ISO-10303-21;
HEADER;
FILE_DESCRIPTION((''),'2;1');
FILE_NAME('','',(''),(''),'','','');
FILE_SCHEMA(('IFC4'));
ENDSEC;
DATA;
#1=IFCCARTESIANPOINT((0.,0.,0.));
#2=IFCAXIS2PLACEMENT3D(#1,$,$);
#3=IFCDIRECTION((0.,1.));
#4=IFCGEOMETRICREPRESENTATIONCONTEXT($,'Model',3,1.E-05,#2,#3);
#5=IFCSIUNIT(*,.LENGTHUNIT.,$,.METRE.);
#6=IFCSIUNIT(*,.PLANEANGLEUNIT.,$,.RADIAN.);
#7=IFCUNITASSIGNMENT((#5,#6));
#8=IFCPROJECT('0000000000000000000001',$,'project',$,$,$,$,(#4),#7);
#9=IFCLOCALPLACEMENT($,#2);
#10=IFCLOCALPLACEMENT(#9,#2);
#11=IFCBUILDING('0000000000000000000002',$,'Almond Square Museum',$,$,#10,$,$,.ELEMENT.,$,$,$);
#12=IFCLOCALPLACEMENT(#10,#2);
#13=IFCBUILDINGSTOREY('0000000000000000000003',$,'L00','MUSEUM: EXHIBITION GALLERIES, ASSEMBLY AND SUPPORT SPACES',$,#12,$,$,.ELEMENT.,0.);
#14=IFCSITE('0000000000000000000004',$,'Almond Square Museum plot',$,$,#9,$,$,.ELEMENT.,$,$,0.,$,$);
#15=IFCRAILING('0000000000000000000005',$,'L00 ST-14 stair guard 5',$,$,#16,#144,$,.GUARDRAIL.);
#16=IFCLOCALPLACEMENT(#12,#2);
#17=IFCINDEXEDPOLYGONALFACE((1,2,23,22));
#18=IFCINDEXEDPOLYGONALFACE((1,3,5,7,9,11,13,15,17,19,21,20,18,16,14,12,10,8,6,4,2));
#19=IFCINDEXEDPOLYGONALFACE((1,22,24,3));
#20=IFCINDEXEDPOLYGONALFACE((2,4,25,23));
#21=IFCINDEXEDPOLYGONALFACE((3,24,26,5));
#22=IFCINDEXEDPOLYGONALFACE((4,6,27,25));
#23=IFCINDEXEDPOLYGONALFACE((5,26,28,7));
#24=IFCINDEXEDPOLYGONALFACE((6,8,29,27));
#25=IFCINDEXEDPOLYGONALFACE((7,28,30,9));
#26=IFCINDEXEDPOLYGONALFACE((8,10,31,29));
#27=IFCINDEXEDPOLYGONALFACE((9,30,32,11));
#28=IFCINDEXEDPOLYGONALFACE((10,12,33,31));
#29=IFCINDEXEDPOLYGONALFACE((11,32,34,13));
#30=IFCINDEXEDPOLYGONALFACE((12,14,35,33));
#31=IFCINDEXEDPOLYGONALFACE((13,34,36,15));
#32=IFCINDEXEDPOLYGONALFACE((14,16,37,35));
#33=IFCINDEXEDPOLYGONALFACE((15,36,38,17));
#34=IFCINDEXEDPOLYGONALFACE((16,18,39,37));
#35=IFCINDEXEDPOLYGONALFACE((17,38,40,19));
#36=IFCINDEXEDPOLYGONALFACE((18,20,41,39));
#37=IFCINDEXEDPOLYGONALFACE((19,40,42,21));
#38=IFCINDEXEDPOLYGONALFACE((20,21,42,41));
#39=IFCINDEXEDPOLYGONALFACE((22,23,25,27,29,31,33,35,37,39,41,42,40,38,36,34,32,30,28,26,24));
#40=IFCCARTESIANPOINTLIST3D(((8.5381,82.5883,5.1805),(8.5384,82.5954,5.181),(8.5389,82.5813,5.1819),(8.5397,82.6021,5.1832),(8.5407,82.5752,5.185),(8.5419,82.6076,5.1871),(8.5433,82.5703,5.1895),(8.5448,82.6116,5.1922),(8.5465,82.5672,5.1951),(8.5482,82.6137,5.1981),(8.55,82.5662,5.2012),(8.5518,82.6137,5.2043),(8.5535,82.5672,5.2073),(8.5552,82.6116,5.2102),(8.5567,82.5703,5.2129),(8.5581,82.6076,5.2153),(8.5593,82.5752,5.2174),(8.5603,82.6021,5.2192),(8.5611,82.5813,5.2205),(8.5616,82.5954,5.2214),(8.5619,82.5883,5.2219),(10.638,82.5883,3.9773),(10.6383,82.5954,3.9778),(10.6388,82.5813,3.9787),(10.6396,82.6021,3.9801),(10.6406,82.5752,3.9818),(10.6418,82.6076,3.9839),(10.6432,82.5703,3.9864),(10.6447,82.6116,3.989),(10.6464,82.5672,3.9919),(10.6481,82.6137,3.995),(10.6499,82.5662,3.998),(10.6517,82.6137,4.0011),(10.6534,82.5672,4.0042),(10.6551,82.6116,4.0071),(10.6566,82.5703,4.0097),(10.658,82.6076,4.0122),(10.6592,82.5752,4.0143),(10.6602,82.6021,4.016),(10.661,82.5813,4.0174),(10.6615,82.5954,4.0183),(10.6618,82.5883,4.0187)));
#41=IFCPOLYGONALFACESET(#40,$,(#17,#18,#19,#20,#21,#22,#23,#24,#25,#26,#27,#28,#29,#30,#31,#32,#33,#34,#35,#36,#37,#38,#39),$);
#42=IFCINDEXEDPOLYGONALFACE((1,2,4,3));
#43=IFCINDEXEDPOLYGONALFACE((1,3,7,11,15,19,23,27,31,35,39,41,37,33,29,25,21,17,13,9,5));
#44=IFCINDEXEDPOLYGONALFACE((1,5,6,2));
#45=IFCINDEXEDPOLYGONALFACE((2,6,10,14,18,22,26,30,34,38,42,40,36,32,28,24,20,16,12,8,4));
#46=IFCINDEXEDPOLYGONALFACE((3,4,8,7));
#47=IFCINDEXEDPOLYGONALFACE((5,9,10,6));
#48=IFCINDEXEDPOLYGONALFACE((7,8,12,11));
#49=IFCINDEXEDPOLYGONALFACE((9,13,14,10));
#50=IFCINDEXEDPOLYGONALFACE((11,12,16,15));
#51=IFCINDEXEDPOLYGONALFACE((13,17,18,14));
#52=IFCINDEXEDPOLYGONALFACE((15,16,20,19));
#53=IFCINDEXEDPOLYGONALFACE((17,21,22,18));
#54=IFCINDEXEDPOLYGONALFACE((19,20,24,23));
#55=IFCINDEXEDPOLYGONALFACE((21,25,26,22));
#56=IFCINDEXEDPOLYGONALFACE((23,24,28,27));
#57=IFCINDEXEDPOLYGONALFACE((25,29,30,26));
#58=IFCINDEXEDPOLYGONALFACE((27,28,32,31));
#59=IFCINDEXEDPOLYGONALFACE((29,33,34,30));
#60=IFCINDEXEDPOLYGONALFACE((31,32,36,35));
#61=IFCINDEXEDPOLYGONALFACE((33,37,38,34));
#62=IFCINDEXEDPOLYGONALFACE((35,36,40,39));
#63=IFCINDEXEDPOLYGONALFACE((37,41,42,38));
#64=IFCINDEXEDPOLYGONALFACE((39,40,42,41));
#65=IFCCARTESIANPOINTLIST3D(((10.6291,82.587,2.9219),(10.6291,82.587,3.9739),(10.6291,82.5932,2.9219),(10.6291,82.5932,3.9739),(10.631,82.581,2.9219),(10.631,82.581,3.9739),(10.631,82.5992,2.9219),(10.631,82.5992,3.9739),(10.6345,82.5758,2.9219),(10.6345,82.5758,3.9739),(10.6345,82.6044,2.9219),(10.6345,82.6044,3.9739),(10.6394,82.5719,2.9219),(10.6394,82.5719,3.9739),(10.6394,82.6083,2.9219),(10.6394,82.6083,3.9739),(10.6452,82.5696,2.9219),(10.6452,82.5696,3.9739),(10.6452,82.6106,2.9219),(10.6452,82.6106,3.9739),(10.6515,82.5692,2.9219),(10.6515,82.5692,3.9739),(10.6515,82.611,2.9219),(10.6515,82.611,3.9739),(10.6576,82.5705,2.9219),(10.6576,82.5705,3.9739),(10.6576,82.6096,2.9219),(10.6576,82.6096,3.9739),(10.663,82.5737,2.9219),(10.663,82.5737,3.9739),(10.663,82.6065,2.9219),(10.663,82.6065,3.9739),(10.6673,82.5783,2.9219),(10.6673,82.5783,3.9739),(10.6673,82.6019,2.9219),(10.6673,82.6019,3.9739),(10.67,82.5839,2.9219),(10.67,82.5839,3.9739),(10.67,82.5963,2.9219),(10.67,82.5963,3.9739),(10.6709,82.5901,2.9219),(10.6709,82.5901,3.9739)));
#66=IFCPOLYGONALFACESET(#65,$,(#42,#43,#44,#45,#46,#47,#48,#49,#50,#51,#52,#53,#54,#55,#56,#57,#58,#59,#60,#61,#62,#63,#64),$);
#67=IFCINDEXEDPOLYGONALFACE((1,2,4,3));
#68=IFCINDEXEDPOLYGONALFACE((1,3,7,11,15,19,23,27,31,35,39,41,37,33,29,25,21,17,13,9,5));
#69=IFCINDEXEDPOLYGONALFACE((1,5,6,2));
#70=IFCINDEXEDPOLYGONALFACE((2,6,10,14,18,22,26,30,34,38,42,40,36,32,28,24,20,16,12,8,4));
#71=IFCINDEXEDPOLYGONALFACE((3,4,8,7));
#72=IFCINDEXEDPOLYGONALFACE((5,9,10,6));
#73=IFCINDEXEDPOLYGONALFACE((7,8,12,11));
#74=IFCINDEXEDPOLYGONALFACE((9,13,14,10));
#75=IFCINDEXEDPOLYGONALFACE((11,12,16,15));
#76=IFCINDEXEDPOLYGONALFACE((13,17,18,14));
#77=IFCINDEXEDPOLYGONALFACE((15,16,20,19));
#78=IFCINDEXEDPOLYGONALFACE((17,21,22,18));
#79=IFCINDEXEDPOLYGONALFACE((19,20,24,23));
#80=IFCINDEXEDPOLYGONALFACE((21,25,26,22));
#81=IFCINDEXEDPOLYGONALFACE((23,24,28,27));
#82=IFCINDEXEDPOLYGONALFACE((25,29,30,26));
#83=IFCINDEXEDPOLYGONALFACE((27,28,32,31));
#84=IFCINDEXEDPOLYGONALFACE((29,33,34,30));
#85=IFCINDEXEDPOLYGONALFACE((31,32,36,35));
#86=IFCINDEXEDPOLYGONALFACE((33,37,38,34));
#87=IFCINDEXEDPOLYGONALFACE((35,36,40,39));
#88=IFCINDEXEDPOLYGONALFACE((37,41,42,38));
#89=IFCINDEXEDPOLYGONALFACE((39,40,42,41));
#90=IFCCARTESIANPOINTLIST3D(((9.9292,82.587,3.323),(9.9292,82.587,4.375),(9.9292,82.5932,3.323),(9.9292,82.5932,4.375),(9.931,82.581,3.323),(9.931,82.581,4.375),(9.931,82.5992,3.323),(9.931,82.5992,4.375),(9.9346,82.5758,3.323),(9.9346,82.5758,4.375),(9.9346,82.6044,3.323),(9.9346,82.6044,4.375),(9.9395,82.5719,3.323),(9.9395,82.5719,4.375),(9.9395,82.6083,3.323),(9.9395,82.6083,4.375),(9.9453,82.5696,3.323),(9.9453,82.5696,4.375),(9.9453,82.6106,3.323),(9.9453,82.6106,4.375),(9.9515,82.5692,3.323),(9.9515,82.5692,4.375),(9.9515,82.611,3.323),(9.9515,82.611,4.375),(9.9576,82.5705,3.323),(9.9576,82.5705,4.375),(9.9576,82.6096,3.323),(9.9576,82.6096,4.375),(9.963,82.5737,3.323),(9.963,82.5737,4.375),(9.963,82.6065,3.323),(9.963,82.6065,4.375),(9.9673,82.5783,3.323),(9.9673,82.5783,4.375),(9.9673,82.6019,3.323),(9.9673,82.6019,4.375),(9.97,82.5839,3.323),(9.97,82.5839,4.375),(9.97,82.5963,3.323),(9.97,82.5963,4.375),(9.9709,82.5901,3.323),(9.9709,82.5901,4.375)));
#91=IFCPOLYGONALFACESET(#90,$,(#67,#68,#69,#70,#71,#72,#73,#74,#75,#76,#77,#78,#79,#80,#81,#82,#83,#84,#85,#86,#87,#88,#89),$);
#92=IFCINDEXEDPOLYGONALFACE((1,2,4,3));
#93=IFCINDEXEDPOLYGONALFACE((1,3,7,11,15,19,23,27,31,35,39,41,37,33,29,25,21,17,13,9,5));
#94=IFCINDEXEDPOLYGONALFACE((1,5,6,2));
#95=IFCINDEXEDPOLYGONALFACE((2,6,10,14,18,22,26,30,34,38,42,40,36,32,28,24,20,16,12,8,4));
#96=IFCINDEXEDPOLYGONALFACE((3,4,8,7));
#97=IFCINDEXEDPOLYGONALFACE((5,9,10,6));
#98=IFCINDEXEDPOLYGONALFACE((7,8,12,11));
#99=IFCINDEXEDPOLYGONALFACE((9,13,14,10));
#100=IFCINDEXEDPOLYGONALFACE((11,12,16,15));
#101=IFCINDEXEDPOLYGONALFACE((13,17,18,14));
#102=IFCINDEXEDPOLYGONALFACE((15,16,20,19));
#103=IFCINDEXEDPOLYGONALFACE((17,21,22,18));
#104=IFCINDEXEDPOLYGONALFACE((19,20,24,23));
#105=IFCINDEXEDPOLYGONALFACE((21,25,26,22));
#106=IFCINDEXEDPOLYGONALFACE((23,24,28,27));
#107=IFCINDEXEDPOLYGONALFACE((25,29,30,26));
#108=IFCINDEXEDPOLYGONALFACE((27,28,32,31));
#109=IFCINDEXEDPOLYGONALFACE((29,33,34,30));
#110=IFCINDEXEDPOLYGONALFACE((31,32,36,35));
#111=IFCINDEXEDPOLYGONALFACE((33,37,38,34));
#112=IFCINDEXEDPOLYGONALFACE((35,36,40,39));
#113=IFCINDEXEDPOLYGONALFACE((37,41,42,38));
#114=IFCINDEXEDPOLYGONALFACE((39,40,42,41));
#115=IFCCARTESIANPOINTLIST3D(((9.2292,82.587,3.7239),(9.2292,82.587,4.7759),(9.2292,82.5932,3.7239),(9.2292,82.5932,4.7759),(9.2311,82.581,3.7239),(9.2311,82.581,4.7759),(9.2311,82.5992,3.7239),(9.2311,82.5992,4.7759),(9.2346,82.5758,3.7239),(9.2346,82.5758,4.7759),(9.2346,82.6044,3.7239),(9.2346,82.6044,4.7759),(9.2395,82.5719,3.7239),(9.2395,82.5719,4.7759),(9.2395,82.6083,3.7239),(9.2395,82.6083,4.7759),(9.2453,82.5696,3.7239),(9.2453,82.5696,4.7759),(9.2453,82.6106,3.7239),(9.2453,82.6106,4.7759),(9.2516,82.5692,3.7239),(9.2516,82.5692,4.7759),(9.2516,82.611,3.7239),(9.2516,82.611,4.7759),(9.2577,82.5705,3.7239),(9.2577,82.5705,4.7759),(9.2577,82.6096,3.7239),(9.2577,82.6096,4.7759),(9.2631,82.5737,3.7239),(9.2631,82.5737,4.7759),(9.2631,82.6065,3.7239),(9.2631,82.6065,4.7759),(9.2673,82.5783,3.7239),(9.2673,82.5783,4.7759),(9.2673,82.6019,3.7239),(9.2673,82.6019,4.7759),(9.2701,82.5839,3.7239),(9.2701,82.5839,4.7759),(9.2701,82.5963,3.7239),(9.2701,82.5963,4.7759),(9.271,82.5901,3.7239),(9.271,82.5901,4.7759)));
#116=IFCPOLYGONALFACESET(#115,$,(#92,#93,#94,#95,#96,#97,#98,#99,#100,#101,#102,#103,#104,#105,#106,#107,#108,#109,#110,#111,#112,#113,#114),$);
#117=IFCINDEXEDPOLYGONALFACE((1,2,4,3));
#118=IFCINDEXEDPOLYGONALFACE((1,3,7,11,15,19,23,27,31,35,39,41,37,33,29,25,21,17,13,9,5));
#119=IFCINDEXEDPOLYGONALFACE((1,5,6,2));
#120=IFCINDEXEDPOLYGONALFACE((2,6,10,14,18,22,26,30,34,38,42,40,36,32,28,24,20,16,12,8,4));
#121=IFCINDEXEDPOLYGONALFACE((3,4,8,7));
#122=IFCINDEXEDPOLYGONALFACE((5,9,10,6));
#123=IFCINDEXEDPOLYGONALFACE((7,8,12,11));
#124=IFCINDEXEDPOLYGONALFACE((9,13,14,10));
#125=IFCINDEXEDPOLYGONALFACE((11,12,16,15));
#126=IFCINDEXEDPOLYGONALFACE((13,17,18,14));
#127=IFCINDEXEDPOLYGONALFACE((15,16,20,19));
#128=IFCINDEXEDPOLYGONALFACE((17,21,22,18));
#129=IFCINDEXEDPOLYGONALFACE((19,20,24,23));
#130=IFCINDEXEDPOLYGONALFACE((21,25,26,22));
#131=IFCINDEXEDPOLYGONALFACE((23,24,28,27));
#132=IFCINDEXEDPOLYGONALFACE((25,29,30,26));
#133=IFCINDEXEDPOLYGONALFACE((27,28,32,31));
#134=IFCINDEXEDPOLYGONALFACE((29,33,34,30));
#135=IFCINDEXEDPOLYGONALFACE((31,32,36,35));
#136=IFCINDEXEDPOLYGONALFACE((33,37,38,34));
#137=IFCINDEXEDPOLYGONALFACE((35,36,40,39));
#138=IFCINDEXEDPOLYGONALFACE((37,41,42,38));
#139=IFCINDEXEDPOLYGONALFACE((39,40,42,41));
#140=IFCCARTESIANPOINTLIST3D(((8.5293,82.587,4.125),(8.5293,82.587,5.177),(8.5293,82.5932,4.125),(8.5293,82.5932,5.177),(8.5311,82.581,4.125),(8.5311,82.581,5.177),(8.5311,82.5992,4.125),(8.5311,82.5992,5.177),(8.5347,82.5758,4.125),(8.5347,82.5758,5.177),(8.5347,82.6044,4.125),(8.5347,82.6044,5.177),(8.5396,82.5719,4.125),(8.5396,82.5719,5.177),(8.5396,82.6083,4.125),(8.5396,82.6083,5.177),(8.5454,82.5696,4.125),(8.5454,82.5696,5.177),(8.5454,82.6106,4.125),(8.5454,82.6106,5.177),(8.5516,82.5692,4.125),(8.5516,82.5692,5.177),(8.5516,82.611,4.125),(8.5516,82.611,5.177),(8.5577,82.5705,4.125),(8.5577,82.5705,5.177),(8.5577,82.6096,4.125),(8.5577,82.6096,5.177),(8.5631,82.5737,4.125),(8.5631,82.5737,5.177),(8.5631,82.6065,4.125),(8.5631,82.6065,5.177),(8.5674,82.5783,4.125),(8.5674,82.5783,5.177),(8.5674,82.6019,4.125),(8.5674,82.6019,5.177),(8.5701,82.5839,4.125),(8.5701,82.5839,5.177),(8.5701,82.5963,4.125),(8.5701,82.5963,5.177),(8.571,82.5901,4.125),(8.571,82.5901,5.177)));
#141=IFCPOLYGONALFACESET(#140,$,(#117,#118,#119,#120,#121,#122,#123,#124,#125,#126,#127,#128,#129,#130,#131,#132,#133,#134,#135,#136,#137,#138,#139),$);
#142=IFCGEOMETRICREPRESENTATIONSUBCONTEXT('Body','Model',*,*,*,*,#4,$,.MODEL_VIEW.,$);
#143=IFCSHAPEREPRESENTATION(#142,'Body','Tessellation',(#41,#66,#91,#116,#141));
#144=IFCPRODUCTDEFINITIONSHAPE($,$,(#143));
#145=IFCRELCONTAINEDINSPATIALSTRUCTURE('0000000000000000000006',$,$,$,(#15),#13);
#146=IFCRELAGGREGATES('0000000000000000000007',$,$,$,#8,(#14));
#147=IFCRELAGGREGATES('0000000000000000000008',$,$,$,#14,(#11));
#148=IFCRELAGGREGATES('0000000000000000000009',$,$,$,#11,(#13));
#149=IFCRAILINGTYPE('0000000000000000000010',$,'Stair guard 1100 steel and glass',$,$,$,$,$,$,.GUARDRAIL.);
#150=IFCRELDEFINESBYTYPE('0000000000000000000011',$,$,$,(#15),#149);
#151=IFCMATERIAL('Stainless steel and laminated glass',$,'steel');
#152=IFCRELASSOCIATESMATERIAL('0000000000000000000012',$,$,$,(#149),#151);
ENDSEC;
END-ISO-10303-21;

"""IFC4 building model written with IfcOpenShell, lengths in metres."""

from ifc_helpers import new_model, si_unit, direction, frame, origin, origin_2d, place, context, subcontext, project, spatial, circle, extrude, material, type_object, element, save


model = new_model("IFC4")

# Units and contexts
model_context = context("Model", 3, precision=1e-05, world=origin(), true_north=direction((0.0, 1.0)))
body_context = subcontext(model_context, "Body", "Model", "MODEL_VIEW")
ifc_project = project(units=[si_unit("LENGTHUNIT", "METRE"), si_unit("PLANEANGLEUNIT", "RADIAN")], contexts=[model_context])

# Site, building, storey
site_placement = place(None, origin())
site = spatial("IfcSite", under=ifc_project, at=site_placement, Name="Almond Square Museum plot", CompositionType="ELEMENT", RefElevation=0.0)
building_placement = place(site_placement, origin())
building = spatial("IfcBuilding", under=site, at=building_placement, Name="Almond Square Museum", CompositionType="ELEMENT")
storey_placement = place(building_placement, origin())
storey = spatial("IfcBuildingStorey", under=building, at=storey_placement, Name="L00", Description="MUSEUM: EXHIBITION GALLERIES, ASSEMBLY AND SUPPORT SPACES", CompositionType="ELEMENT", Elevation=0.0)

# Railing
ifc_material_1 = material(Name="Stainless steel and laminated glass", Category="steel")
railing_type_1 = type_object("IfcRailingType", Name="Stair guard 1100 steel and glass", PredefinedType="GUARDRAIL", material=ifc_material_1)
railing_1_placement = place(storey_placement, frame((10.6499, 82.5901, 2.9219)))
element("IfcRailing", 1, at=railing_1_placement, inside=storey, type_object=railing_type_1, Name="L00 ST-14 stair guard 5", PredefinedType="GUARDRAIL", context=body_context, shape_type="SweptSolid", body=[
    extrude(circle(Radius=0.0239, at=origin_2d()), frame((0.0, 0.0, 1.0762), z_axis=(-0.867671, 0.0, 0.497138), x_axis=(0.0, -1.0, 0.0)), (0.0, 0.0, 1.0), 2.4202),
    extrude(circle(Radius=0.021, at=origin_2d()), origin(), (0.0, 0.0, 1.0), 1.052),
    extrude(circle(Radius=0.021, at=origin_2d()), frame((-0.7, 0.0, 0.4011)), (0.0, 0.0, 1.0), 1.052),
    extrude(circle(Radius=0.021, at=origin_2d()), frame((-1.3999, 0.0, 0.802)), (0.0, 0.0, 1.0), 1.052),
    extrude(circle(Radius=0.021, at=origin_2d()), frame((-2.0999, 0.0, 1.2031)), (0.0, 0.0, 1.0), 1.052),
])

save(model, "model.ifc")
